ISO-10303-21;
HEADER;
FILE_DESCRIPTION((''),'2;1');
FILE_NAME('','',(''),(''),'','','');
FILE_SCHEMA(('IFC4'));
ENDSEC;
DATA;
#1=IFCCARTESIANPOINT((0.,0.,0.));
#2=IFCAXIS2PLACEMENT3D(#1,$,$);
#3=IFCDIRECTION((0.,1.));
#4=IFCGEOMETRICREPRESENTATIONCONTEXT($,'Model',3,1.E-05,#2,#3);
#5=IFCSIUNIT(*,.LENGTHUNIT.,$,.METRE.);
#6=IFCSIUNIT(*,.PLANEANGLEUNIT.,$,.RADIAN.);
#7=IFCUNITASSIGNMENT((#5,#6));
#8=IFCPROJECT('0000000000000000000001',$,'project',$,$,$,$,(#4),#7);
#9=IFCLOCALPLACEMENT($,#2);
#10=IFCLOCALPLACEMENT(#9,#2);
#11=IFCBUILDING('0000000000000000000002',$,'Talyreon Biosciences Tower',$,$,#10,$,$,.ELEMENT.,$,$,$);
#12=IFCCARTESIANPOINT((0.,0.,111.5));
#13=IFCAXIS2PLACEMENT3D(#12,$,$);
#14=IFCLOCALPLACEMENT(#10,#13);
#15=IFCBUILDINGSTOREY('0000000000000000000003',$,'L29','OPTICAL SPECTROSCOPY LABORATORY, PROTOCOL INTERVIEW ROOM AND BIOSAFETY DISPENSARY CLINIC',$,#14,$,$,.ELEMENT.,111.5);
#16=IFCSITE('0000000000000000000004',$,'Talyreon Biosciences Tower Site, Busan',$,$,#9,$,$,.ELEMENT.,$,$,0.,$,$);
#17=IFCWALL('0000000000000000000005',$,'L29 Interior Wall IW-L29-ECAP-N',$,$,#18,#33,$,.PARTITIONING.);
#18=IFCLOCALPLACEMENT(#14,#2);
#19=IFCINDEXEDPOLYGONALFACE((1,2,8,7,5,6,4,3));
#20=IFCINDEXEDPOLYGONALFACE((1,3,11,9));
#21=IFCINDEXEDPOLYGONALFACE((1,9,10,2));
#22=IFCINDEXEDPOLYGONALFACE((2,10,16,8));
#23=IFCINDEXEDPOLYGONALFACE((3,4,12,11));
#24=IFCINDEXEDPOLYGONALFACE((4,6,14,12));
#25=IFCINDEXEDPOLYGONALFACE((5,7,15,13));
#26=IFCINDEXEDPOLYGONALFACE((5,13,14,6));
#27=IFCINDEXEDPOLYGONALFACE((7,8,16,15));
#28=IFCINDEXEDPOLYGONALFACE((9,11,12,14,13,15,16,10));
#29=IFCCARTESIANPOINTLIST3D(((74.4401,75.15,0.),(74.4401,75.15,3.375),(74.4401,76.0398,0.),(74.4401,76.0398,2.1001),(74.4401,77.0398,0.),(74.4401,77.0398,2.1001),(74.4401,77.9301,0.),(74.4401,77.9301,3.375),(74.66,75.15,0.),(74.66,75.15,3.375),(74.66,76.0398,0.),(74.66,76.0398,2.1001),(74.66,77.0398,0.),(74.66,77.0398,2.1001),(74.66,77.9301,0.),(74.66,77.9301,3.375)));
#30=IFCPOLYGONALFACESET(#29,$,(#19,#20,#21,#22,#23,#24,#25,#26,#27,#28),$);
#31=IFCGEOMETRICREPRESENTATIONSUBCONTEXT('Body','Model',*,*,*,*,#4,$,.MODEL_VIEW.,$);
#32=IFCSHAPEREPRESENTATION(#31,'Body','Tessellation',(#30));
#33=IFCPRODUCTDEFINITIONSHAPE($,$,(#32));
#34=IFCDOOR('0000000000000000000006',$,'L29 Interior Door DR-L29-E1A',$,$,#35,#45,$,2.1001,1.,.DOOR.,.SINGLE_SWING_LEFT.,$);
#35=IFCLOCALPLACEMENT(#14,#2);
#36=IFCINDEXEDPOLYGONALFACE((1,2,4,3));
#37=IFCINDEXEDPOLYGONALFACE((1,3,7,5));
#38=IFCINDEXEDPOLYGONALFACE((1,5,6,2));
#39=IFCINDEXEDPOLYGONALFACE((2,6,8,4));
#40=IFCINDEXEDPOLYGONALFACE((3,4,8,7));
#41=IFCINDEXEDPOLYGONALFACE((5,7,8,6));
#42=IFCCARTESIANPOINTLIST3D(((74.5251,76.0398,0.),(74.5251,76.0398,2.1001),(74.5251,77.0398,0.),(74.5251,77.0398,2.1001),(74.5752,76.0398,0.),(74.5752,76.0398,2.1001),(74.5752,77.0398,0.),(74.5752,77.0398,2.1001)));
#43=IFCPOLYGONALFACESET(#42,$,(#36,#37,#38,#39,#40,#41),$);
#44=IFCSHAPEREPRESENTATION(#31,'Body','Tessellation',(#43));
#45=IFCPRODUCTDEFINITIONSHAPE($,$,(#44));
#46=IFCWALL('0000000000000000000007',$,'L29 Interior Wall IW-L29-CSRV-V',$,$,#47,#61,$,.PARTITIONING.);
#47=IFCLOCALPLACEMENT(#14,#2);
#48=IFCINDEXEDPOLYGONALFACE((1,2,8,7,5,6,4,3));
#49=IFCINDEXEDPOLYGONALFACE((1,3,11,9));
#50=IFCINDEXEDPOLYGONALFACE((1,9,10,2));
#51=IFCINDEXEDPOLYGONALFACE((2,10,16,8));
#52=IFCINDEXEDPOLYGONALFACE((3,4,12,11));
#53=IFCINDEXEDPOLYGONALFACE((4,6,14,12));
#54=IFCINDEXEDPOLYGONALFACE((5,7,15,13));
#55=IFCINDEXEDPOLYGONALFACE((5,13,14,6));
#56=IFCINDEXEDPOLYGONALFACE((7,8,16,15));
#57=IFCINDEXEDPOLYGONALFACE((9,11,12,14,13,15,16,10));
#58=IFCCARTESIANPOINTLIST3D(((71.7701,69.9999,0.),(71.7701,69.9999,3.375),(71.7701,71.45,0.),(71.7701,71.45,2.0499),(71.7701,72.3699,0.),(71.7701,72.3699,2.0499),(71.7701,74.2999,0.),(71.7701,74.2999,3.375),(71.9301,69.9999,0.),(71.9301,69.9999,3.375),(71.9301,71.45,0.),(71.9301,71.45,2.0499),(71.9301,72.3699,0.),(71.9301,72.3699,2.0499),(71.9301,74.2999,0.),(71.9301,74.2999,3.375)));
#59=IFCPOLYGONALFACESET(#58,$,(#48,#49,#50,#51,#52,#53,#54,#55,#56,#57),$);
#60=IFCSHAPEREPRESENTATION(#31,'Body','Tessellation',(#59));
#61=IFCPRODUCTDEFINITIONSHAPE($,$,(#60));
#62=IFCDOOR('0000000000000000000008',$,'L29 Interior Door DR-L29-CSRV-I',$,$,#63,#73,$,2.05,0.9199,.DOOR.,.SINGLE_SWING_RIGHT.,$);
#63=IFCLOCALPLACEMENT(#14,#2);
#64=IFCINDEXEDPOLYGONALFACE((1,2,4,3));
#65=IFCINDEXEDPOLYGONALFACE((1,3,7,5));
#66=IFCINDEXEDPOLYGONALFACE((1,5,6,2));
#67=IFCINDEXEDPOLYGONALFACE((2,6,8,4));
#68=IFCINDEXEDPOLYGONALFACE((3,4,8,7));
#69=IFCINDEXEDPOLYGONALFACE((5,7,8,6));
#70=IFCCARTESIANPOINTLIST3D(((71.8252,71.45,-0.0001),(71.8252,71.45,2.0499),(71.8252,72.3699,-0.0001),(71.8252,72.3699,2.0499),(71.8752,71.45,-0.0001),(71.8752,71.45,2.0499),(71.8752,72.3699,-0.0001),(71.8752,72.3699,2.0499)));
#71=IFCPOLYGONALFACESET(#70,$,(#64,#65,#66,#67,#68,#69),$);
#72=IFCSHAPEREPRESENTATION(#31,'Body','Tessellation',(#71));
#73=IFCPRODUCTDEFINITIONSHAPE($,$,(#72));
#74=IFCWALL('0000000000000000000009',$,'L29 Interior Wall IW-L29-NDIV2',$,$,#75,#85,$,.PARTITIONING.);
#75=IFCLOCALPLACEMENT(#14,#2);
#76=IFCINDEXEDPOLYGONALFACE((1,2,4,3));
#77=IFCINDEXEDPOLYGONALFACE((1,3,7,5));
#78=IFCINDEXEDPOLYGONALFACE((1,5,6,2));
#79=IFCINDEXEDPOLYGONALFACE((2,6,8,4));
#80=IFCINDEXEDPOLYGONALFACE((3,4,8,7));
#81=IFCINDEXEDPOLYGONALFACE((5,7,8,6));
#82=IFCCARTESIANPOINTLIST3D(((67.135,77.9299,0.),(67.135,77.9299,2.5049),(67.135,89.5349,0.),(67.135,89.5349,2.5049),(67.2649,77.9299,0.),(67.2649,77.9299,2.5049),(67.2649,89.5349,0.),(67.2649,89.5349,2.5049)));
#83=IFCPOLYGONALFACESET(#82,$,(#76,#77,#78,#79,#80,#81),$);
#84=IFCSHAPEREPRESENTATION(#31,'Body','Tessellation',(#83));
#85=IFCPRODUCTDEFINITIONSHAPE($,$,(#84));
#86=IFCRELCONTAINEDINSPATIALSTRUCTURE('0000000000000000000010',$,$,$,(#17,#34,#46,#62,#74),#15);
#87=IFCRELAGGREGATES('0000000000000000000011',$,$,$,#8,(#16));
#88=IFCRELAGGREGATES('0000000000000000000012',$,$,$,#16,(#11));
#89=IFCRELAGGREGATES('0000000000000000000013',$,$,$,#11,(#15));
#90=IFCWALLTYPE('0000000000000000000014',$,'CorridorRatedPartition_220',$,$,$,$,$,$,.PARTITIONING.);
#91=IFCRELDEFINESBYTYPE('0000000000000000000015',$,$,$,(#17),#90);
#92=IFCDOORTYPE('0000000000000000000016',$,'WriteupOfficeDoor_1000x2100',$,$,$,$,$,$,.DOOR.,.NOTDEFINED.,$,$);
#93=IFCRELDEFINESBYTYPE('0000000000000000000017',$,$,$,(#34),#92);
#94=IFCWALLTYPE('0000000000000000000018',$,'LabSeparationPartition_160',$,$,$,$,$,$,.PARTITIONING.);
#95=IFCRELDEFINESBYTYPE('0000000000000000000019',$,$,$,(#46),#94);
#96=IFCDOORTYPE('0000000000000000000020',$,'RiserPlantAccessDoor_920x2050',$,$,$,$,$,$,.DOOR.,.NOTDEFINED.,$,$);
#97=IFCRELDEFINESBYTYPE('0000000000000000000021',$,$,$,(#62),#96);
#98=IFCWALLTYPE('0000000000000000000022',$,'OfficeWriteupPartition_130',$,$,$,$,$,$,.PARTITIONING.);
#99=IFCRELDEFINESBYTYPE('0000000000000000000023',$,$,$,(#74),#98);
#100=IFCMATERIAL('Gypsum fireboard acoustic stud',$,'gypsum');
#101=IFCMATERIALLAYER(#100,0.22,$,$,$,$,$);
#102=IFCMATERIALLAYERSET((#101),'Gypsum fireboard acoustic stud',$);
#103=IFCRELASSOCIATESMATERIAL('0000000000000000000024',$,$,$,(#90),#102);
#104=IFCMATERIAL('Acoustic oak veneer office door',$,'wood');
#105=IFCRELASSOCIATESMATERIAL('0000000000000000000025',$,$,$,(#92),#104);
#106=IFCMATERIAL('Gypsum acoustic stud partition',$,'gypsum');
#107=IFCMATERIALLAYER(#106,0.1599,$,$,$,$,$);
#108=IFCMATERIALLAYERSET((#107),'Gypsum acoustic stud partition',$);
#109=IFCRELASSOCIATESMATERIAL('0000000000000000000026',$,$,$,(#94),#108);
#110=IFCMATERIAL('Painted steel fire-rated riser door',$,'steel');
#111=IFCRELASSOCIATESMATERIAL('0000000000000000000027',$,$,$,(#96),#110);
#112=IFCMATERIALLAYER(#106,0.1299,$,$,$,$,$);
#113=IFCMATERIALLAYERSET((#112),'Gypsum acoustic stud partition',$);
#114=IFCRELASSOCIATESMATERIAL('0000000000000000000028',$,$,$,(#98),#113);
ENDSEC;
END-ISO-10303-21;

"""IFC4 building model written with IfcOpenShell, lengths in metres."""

from ifc_helpers import new_model, si_unit, direction, frame, frame_2d, origin, place, context, subcontext, project, spatial, rectangle, extrude, material, layer, layer_set, type_object, element, fill, save


model = new_model("IFC4")

# Units and contexts
model_context = context("Model", 3, precision=1e-05, world=origin(), true_north=direction((0.0, 1.0)))
body_context = subcontext(model_context, "Body", "Model", "MODEL_VIEW")
ifc_project = project(units=[si_unit("LENGTHUNIT", "METRE"), si_unit("PLANEANGLEUNIT", "RADIAN")], contexts=[model_context])

# Site, building, storey
site_placement = place(None, origin())
site = spatial("IfcSite", under=ifc_project, at=site_placement, Name="Talyreon Biosciences Tower Site, Busan", CompositionType="ELEMENT", RefElevation=0.0)
building_placement = place(site_placement, origin())
building = spatial("IfcBuilding", under=site, at=building_placement, Name="Talyreon Biosciences Tower", CompositionType="ELEMENT")
storey_placement = place(building_placement, frame((0.0, 0.0, 111.5)))
storey = spatial("IfcBuildingStorey", under=building, at=storey_placement, Name="L29", Description="OPTICAL SPECTROSCOPY LABORATORY, PROTOCOL INTERVIEW ROOM AND BIOSAFETY DISPENSARY CLINIC", CompositionType="ELEMENT", Elevation=111.5)

# Walls, openings, doors
ifc_material_1 = material(Name="Gypsum fireboard acoustic stud", Category="gypsum")
ifc_layer_1 = layer(ifc_material_1, 0.22)
ifc_layer_set_1 = layer_set([ifc_layer_1], Name="Gypsum fireboard acoustic stud")
wall_type_1 = type_object("IfcWallType", Name="CorridorRatedPartition_220", PredefinedType="PARTITIONING", material=ifc_layer_set_1)
wall_1_placement = place(storey_placement, frame((74.55, 75.1499, 0.0), z_axis=(0.0, 0.0, 1.0), x_axis=(0.0, 1.0, 0.0)))
wall_1 = element("IfcWall", 1, at=wall_1_placement, inside=storey, type_object=wall_type_1, Name="L29 Interior Wall IW-L29-ECAP-N", PredefinedType="PARTITIONING", context=body_context, shape_type="SweptSolid", body=[
    extrude(rectangle(XDim=2.78, YDim=0.22, at=frame_2d((1.3901, 0.0))), origin(), (0.0, 0.0, 1.0), 3.375),
])
opening_1_placement = place(wall_1_placement, frame((0.8899, 0.0, 0.0)))
opening_1 = element("IfcOpeningElement", 2, at=opening_1_placement, cuts=wall_1, PredefinedType="OPENING", context=body_context, shape_type="SweptSolid", body=[
    extrude(rectangle(XDim=1.0, YDim=2.1001, at=frame_2d((0.5, 1.05))), frame((0.0, 0.1199, 0.0), z_axis=(0.0, -1.0, 0.0), x_axis=(1.0, 0.0, 0.0)), (0.0, 0.0, 1.0), 0.24),
])
ifc_material_2 = material(Name="Acoustic oak veneer office door", Category="wood")
door_type_1 = type_object("IfcDoorType", Name="WriteupOfficeDoor_1000x2100", OperationType="NOTDEFINED", PredefinedType="DOOR", material=ifc_material_2)
door_1_placement = place(opening_1_placement, origin())
door_1 = element("IfcDoor", 3, at=door_1_placement, inside=storey, type_object=door_type_1, Name="L29 Interior Door DR-L29-E1A", OperationType="SINGLE_SWING_LEFT", OverallHeight=2.1001, OverallWidth=1.0, PredefinedType="DOOR", context=body_context, shape_type="SweptSolid", body=[
    extrude(rectangle(XDim=1.0, YDim=2.1001, at=frame_2d((0.5, 1.05))), frame((0.0, 0.0249, 0.0), z_axis=(0.0, -1.0, 0.0), x_axis=(1.0, 0.0, 0.0)), (0.0, 0.0, 1.0), 0.05),
])
fill(opening_1, door_1)
ifc_material_3 = material(Name="Gypsum acoustic stud partition", Category="gypsum")
ifc_layer_2 = layer(ifc_material_3, 0.1599)
ifc_layer_set_2 = layer_set([ifc_layer_2], Name="Gypsum acoustic stud partition")
wall_type_2 = type_object("IfcWallType", Name="LabSeparationPartition_160", PredefinedType="PARTITIONING", material=ifc_layer_set_2)
wall_2_placement = place(storey_placement, frame((71.8501, 70.0, 0.0), z_axis=(0.0, 0.0, 1.0), x_axis=(0.0, 1.0, 0.0)))
wall_2 = element("IfcWall", 4, at=wall_2_placement, inside=storey, type_object=wall_type_2, Name="L29 Interior Wall IW-L29-CSRV-V", PredefinedType="PARTITIONING", context=body_context, shape_type="SweptSolid", body=[
    extrude(rectangle(XDim=4.3, YDim=0.1599, at=frame_2d((2.1499, 0.0))), origin(), (0.0, 0.0, 1.0), 3.375),
])
opening_2_placement = place(wall_2_placement, frame((1.45, 0.0, 0.0)))
opening_2 = element("IfcOpeningElement", 5, at=opening_2_placement, cuts=wall_2, PredefinedType="OPENING", context=body_context, shape_type="SweptSolid", body=[
    extrude(rectangle(XDim=0.9199, YDim=2.05, at=frame_2d((0.46, 1.0249))), frame((0.0, 0.0898, 0.0), z_axis=(0.0, -1.0, 0.0), x_axis=(1.0, 0.0, 0.0)), (0.0, 0.0, 1.0), 0.1799),
])
ifc_material_4 = material(Name="Painted steel fire-rated riser door", Category="steel")
door_type_2 = type_object("IfcDoorType", Name="RiserPlantAccessDoor_920x2050", OperationType="NOTDEFINED", PredefinedType="DOOR", material=ifc_material_4)
door_2_placement = place(opening_2_placement, origin())
door_2 = element("IfcDoor", 6, at=door_2_placement, inside=storey, type_object=door_type_2, Name="L29 Interior Door DR-L29-CSRV-I", OperationType="SINGLE_SWING_RIGHT", OverallHeight=2.05, OverallWidth=0.9199, PredefinedType="DOOR", context=body_context, shape_type="SweptSolid", body=[
    extrude(rectangle(XDim=0.9199, YDim=2.05, at=frame_2d((0.46, 1.0249))), frame((0.0, 0.0249, 0.0), z_axis=(0.0, -1.0, 0.0), x_axis=(1.0, 0.0, 0.0)), (0.0, 0.0, 1.0), 0.05),
])
fill(opening_2, door_2)

# Wall
ifc_layer_3 = layer(ifc_material_3, 0.1299)
ifc_layer_set_3 = layer_set([ifc_layer_3], Name="Gypsum acoustic stud partition")
wall_type_3 = type_object("IfcWallType", Name="OfficeWriteupPartition_130", PredefinedType="PARTITIONING", material=ifc_layer_set_3)
wall_3_placement = place(storey_placement, frame((67.2, 77.9299, 0.0), z_axis=(0.0, 0.0, 1.0), x_axis=(0.0, 1.0, 0.0)))
element("IfcWall", 7, at=wall_3_placement, inside=storey, type_object=wall_type_3, Name="L29 Interior Wall IW-L29-NDIV2", PredefinedType="PARTITIONING", context=body_context, shape_type="SweptSolid", body=[
    extrude(rectangle(XDim=11.605, YDim=0.1299, at=frame_2d((5.8025, 0.0))), origin(), (0.0, 0.0, 1.0), 2.5049),
])

save(model, "model.ifc")
